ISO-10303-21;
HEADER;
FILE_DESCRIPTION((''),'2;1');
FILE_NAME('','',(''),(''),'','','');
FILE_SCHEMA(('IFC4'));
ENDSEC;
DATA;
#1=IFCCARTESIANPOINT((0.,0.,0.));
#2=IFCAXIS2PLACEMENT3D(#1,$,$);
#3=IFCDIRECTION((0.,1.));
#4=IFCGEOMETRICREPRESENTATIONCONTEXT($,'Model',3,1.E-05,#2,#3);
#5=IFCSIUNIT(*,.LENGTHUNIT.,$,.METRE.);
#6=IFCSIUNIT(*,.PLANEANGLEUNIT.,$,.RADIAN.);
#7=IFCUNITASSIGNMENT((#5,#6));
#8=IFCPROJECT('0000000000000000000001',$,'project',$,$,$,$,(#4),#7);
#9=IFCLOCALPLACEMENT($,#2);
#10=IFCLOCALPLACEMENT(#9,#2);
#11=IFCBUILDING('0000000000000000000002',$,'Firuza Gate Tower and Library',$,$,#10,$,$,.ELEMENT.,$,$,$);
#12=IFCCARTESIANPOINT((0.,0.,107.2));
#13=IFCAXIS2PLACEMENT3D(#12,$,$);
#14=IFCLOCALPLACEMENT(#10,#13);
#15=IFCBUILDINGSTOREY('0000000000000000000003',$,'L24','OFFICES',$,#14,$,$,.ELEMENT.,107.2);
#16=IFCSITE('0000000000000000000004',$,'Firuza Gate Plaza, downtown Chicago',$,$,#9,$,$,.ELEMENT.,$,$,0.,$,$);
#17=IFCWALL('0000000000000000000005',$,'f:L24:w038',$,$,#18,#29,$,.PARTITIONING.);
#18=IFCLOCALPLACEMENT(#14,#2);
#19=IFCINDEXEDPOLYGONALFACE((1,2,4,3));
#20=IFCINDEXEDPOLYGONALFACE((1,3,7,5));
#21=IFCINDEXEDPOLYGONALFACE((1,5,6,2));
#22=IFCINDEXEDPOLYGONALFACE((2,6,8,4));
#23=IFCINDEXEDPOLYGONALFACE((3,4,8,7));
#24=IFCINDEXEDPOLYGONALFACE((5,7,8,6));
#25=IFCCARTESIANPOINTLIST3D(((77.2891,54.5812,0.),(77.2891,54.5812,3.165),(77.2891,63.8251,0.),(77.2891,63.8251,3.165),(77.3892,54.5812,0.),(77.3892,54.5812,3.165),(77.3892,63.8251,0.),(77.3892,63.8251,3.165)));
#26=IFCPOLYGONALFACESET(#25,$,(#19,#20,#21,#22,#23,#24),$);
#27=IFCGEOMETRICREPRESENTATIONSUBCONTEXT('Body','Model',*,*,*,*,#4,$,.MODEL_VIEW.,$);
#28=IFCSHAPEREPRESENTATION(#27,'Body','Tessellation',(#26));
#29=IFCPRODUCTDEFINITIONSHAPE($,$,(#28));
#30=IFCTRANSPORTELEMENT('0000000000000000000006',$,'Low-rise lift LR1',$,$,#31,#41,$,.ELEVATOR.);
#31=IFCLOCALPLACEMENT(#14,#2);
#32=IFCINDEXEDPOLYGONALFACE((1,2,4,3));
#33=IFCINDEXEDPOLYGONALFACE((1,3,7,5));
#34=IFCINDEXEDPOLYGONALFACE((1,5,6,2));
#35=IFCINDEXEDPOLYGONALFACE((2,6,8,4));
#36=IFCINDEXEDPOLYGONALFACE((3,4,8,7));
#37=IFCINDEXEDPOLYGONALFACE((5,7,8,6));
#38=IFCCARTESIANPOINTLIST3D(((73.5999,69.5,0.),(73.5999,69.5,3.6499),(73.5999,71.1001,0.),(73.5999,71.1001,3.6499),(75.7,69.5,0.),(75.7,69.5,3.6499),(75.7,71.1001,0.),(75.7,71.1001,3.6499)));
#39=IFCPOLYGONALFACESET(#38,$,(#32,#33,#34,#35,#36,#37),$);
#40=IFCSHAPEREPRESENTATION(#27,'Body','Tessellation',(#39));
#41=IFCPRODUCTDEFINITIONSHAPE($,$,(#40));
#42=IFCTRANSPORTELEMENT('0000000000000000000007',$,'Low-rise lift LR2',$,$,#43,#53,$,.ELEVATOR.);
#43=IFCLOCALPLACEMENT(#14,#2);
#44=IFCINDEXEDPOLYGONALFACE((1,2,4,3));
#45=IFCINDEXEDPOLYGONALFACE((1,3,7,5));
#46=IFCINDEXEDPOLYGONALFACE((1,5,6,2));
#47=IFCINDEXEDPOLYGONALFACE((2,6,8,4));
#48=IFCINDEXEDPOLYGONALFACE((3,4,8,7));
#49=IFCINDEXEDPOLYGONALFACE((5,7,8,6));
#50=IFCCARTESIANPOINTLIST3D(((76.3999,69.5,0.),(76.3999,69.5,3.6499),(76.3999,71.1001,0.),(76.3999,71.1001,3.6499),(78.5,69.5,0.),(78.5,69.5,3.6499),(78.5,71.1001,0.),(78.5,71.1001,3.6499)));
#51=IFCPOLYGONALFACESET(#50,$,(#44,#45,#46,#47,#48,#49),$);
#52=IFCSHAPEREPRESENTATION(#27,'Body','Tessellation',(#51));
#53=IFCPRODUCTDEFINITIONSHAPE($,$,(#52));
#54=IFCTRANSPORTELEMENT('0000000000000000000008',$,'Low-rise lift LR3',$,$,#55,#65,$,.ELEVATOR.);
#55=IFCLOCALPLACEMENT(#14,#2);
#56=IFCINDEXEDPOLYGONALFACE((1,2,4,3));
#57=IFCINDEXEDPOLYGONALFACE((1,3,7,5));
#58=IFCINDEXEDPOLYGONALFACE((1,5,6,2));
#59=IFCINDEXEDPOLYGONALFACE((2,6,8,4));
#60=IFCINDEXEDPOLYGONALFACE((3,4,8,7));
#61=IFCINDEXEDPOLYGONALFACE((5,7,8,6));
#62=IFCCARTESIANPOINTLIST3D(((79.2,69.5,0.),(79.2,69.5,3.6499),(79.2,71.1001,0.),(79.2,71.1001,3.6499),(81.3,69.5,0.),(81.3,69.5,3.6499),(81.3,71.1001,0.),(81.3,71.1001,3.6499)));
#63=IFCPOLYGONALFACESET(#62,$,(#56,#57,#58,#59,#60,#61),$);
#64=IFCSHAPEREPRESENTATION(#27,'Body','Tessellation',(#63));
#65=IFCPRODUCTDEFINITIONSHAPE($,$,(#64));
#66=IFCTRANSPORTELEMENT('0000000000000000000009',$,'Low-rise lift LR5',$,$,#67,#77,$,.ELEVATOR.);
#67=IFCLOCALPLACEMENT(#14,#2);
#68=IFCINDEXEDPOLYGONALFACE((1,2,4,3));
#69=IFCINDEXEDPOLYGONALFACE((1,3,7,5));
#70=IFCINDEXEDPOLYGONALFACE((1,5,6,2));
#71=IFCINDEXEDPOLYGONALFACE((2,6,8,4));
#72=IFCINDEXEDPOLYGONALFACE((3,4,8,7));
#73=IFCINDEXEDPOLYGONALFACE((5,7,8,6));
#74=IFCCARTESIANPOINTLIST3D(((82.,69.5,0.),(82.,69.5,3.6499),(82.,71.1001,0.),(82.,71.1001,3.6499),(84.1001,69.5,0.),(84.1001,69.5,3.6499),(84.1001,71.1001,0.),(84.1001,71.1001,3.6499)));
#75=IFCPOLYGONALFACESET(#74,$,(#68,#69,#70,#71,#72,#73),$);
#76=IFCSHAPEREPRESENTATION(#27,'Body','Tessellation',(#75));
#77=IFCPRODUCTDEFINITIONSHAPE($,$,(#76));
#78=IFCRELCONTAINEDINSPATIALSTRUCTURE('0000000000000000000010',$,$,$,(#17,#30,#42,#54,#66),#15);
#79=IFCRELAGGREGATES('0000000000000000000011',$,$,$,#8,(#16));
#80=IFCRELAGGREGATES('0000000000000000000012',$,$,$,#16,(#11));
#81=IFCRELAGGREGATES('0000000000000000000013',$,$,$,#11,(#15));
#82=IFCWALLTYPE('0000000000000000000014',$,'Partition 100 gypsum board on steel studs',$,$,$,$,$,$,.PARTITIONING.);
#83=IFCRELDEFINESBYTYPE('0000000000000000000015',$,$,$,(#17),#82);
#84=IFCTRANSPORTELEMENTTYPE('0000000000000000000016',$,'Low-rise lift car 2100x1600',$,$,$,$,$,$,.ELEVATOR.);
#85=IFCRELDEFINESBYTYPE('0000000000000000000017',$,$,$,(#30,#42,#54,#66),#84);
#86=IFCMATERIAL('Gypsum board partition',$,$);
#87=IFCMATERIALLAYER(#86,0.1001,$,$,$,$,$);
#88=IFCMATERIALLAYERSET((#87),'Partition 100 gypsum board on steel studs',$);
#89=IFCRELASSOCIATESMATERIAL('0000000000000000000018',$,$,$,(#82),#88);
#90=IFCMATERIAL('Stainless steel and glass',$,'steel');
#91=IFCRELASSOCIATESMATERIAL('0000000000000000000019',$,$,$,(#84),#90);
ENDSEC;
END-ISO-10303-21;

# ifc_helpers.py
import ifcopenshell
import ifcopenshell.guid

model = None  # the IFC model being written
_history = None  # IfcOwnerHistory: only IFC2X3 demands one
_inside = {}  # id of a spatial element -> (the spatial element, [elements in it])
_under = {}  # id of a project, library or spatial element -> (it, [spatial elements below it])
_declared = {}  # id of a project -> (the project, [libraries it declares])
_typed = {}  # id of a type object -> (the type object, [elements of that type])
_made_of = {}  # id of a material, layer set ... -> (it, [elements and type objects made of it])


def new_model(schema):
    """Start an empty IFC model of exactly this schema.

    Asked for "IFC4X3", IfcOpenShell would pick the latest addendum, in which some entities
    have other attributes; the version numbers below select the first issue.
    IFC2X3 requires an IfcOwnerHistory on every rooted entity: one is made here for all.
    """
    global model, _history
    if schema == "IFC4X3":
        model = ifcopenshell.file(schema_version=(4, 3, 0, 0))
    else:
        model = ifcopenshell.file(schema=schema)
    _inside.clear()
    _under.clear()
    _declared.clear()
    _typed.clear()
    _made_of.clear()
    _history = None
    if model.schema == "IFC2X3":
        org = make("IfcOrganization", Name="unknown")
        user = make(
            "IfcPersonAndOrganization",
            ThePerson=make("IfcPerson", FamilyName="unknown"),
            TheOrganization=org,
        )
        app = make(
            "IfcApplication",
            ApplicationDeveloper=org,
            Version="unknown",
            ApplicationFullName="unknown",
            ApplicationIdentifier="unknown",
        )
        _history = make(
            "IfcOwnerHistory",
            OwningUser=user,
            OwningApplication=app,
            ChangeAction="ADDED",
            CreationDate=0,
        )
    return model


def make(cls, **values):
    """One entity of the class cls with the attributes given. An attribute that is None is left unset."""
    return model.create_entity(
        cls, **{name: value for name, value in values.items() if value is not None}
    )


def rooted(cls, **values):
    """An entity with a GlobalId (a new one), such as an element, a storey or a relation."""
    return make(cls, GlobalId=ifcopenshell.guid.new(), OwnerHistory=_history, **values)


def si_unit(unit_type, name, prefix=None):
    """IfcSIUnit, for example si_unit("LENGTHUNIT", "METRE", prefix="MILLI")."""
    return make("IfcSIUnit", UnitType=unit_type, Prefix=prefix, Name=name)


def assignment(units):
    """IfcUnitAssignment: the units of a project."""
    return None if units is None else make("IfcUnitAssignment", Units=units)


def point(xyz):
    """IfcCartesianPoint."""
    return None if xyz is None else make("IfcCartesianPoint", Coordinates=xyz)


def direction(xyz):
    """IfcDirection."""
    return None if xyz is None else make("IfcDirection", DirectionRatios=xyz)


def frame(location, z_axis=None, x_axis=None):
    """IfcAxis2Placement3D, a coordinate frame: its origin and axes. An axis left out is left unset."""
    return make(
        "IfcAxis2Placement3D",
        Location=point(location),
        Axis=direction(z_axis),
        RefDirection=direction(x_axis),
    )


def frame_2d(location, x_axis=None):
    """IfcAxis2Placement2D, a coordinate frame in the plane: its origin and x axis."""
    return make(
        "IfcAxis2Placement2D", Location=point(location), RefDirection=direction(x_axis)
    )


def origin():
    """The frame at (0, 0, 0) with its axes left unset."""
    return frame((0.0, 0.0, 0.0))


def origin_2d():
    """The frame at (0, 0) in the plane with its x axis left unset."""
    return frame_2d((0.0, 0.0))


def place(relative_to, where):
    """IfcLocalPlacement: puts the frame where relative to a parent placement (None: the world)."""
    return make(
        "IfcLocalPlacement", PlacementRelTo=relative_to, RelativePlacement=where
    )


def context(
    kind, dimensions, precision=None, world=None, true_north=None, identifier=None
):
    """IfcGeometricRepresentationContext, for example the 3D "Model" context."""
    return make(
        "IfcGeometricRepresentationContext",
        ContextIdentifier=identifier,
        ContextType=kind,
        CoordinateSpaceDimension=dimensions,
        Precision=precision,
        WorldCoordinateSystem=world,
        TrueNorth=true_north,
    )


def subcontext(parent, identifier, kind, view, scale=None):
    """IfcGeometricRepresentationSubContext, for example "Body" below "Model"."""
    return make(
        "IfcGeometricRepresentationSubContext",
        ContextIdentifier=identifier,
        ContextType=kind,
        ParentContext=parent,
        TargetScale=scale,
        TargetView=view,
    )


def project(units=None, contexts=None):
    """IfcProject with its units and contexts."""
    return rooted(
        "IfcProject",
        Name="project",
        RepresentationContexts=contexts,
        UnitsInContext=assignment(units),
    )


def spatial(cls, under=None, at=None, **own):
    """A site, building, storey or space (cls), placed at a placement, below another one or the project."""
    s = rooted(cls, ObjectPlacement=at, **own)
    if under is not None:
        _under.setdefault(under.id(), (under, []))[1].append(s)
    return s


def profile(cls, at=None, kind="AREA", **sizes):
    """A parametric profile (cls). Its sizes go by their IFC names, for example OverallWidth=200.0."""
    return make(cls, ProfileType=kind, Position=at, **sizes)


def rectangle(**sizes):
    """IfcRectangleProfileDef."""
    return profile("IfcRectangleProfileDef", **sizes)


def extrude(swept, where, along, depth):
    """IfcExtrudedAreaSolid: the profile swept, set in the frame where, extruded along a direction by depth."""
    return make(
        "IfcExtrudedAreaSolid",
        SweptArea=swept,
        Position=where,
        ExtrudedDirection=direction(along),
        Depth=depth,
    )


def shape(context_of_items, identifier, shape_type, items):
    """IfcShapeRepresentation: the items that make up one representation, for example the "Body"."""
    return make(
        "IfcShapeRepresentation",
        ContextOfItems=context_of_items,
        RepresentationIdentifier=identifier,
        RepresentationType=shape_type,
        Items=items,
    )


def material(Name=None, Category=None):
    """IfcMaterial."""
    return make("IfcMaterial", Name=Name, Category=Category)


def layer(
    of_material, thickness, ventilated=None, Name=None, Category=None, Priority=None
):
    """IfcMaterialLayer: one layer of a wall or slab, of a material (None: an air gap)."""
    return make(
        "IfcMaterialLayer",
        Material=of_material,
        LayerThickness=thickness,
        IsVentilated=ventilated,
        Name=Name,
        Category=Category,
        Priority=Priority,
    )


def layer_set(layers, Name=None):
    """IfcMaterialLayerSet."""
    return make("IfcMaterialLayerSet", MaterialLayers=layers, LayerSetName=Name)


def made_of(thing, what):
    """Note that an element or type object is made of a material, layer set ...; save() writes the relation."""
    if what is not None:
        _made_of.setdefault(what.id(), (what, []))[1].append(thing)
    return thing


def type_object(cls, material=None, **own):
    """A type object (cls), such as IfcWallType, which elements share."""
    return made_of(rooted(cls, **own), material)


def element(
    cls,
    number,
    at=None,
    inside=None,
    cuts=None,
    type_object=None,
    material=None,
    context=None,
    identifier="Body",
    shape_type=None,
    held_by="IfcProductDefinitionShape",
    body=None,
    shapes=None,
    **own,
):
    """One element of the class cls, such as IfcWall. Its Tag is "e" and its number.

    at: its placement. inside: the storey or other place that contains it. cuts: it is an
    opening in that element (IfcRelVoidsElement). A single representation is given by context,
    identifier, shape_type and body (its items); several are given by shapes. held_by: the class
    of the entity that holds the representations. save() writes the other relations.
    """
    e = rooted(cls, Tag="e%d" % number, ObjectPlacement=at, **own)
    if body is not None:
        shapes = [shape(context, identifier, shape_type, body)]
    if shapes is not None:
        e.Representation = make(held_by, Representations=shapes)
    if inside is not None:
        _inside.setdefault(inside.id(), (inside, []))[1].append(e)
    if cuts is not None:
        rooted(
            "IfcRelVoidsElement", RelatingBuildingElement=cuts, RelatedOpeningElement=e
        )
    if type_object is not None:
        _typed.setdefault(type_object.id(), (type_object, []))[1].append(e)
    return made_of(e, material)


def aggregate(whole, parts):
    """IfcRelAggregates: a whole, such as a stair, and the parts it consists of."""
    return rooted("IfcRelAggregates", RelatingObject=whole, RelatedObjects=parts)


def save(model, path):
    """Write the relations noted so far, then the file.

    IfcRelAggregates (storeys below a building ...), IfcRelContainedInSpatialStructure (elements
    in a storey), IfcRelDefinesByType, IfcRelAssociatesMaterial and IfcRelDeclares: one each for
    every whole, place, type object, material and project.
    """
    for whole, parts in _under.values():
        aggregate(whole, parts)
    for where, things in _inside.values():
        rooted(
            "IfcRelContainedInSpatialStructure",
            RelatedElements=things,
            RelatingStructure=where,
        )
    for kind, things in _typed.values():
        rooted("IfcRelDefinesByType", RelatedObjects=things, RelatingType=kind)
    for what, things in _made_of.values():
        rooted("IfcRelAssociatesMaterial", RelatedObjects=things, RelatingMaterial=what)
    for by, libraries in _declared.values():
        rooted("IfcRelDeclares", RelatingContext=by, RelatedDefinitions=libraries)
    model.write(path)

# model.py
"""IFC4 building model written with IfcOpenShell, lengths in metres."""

from ifc_helpers import new_model, si_unit, direction, frame, frame_2d, origin, origin_2d, place, context, subcontext, project, spatial, rectangle, extrude, material, layer, layer_set, type_object, element, save


model = new_model("IFC4")

# Units and contexts
model_context = context("Model", 3, precision=1e-05, world=origin(), true_north=direction((0.0, 1.0)))
body_context = subcontext(model_context, "Body", "Model", "MODEL_VIEW")
ifc_project = project(units=[si_unit("LENGTHUNIT", "METRE"), si_unit("PLANEANGLEUNIT", "RADIAN")], contexts=[model_context])

# Site, building, storey
site_placement = place(None, origin())
site = spatial("IfcSite", under=ifc_project, at=site_placement, Name="Firuza Gate Plaza, downtown Chicago", CompositionType="ELEMENT", RefElevation=0.0)
building_placement = place(site_placement, origin())
building = spatial("IfcBuilding", under=site, at=building_placement, Name="Firuza Gate Tower and Library", CompositionType="ELEMENT")
storey_placement = place(building_placement, frame((0.0, 0.0, 107.2)))
storey = spatial("IfcBuildingStorey", under=building, at=storey_placement, Name="L24", Description="OFFICES", CompositionType="ELEMENT", Elevation=107.2)

# Wall
ifc_material_1 = material(Name="Gypsum board partition")
ifc_layer_1 = layer(ifc_material_1, 0.1001)
ifc_layer_set_1 = layer_set([ifc_layer_1], Name="Partition 100 gypsum board on steel studs")
wall_type_1 = type_object("IfcWallType", Name="Partition 100 gypsum board on steel studs", PredefinedType="PARTITIONING", material=ifc_layer_set_1)
wall_1_placement = place(storey_placement, frame((77.3391, 54.5811, 0.0), z_axis=(0.0, 0.0, 1.0), x_axis=(0.0, 1.0, 0.0)))
element("IfcWall", 1, at=wall_1_placement, inside=storey, type_object=wall_type_1, Name="f:L24:w038", PredefinedType="PARTITIONING", context=body_context, shape_type="SweptSolid", body=[
    extrude(rectangle(XDim=9.2439, YDim=0.1001, at=frame_2d((4.6221, 0.0))), origin(), (0.0, 0.0, 1.0), 3.165),
])

# Transport elements
ifc_material_2 = material(Name="Stainless steel and glass", Category="steel")
transport_element_type = type_object("IfcTransportElementType", Name="Low-rise lift car 2100x1600", PredefinedType="ELEVATOR", material=ifc_material_2)
for number, where, z_axis, x_axis, name in (
    (2, (74.6499, 70.3, 0.0), (0.0, 0.0, 1.0), (1.0, 0.0, 0.0), "Low-rise lift LR1"),
    (3, (77.45, 70.3, 0.0), (0.0, 0.0, 1.0), (1.0, 0.0, 0.0), "Low-rise lift LR2"),
    (4, (80.25, 70.3, 0.0), (0.0, 0.0, 1.0), (1.0, 0.0, 0.0), "Low-rise lift LR3"),
    (5, (83.05, 70.3, 0.0), (0.0, 0.0, 1.0), (1.0, 0.0, 0.0), "Low-rise lift LR5"),
):
    element("IfcTransportElement", number, at=place(storey_placement, frame(where, z_axis=z_axis, x_axis=x_axis)), inside=storey, type_object=transport_element_type, Name=name, PredefinedType="ELEVATOR", context=body_context, shape_type="SweptSolid", body=[
        extrude(rectangle(XDim=2.1001, YDim=1.6001, at=origin_2d()), origin(), (0.0, 0.0, 1.0), 3.6499),
    ])

save(model, "model.ifc")
